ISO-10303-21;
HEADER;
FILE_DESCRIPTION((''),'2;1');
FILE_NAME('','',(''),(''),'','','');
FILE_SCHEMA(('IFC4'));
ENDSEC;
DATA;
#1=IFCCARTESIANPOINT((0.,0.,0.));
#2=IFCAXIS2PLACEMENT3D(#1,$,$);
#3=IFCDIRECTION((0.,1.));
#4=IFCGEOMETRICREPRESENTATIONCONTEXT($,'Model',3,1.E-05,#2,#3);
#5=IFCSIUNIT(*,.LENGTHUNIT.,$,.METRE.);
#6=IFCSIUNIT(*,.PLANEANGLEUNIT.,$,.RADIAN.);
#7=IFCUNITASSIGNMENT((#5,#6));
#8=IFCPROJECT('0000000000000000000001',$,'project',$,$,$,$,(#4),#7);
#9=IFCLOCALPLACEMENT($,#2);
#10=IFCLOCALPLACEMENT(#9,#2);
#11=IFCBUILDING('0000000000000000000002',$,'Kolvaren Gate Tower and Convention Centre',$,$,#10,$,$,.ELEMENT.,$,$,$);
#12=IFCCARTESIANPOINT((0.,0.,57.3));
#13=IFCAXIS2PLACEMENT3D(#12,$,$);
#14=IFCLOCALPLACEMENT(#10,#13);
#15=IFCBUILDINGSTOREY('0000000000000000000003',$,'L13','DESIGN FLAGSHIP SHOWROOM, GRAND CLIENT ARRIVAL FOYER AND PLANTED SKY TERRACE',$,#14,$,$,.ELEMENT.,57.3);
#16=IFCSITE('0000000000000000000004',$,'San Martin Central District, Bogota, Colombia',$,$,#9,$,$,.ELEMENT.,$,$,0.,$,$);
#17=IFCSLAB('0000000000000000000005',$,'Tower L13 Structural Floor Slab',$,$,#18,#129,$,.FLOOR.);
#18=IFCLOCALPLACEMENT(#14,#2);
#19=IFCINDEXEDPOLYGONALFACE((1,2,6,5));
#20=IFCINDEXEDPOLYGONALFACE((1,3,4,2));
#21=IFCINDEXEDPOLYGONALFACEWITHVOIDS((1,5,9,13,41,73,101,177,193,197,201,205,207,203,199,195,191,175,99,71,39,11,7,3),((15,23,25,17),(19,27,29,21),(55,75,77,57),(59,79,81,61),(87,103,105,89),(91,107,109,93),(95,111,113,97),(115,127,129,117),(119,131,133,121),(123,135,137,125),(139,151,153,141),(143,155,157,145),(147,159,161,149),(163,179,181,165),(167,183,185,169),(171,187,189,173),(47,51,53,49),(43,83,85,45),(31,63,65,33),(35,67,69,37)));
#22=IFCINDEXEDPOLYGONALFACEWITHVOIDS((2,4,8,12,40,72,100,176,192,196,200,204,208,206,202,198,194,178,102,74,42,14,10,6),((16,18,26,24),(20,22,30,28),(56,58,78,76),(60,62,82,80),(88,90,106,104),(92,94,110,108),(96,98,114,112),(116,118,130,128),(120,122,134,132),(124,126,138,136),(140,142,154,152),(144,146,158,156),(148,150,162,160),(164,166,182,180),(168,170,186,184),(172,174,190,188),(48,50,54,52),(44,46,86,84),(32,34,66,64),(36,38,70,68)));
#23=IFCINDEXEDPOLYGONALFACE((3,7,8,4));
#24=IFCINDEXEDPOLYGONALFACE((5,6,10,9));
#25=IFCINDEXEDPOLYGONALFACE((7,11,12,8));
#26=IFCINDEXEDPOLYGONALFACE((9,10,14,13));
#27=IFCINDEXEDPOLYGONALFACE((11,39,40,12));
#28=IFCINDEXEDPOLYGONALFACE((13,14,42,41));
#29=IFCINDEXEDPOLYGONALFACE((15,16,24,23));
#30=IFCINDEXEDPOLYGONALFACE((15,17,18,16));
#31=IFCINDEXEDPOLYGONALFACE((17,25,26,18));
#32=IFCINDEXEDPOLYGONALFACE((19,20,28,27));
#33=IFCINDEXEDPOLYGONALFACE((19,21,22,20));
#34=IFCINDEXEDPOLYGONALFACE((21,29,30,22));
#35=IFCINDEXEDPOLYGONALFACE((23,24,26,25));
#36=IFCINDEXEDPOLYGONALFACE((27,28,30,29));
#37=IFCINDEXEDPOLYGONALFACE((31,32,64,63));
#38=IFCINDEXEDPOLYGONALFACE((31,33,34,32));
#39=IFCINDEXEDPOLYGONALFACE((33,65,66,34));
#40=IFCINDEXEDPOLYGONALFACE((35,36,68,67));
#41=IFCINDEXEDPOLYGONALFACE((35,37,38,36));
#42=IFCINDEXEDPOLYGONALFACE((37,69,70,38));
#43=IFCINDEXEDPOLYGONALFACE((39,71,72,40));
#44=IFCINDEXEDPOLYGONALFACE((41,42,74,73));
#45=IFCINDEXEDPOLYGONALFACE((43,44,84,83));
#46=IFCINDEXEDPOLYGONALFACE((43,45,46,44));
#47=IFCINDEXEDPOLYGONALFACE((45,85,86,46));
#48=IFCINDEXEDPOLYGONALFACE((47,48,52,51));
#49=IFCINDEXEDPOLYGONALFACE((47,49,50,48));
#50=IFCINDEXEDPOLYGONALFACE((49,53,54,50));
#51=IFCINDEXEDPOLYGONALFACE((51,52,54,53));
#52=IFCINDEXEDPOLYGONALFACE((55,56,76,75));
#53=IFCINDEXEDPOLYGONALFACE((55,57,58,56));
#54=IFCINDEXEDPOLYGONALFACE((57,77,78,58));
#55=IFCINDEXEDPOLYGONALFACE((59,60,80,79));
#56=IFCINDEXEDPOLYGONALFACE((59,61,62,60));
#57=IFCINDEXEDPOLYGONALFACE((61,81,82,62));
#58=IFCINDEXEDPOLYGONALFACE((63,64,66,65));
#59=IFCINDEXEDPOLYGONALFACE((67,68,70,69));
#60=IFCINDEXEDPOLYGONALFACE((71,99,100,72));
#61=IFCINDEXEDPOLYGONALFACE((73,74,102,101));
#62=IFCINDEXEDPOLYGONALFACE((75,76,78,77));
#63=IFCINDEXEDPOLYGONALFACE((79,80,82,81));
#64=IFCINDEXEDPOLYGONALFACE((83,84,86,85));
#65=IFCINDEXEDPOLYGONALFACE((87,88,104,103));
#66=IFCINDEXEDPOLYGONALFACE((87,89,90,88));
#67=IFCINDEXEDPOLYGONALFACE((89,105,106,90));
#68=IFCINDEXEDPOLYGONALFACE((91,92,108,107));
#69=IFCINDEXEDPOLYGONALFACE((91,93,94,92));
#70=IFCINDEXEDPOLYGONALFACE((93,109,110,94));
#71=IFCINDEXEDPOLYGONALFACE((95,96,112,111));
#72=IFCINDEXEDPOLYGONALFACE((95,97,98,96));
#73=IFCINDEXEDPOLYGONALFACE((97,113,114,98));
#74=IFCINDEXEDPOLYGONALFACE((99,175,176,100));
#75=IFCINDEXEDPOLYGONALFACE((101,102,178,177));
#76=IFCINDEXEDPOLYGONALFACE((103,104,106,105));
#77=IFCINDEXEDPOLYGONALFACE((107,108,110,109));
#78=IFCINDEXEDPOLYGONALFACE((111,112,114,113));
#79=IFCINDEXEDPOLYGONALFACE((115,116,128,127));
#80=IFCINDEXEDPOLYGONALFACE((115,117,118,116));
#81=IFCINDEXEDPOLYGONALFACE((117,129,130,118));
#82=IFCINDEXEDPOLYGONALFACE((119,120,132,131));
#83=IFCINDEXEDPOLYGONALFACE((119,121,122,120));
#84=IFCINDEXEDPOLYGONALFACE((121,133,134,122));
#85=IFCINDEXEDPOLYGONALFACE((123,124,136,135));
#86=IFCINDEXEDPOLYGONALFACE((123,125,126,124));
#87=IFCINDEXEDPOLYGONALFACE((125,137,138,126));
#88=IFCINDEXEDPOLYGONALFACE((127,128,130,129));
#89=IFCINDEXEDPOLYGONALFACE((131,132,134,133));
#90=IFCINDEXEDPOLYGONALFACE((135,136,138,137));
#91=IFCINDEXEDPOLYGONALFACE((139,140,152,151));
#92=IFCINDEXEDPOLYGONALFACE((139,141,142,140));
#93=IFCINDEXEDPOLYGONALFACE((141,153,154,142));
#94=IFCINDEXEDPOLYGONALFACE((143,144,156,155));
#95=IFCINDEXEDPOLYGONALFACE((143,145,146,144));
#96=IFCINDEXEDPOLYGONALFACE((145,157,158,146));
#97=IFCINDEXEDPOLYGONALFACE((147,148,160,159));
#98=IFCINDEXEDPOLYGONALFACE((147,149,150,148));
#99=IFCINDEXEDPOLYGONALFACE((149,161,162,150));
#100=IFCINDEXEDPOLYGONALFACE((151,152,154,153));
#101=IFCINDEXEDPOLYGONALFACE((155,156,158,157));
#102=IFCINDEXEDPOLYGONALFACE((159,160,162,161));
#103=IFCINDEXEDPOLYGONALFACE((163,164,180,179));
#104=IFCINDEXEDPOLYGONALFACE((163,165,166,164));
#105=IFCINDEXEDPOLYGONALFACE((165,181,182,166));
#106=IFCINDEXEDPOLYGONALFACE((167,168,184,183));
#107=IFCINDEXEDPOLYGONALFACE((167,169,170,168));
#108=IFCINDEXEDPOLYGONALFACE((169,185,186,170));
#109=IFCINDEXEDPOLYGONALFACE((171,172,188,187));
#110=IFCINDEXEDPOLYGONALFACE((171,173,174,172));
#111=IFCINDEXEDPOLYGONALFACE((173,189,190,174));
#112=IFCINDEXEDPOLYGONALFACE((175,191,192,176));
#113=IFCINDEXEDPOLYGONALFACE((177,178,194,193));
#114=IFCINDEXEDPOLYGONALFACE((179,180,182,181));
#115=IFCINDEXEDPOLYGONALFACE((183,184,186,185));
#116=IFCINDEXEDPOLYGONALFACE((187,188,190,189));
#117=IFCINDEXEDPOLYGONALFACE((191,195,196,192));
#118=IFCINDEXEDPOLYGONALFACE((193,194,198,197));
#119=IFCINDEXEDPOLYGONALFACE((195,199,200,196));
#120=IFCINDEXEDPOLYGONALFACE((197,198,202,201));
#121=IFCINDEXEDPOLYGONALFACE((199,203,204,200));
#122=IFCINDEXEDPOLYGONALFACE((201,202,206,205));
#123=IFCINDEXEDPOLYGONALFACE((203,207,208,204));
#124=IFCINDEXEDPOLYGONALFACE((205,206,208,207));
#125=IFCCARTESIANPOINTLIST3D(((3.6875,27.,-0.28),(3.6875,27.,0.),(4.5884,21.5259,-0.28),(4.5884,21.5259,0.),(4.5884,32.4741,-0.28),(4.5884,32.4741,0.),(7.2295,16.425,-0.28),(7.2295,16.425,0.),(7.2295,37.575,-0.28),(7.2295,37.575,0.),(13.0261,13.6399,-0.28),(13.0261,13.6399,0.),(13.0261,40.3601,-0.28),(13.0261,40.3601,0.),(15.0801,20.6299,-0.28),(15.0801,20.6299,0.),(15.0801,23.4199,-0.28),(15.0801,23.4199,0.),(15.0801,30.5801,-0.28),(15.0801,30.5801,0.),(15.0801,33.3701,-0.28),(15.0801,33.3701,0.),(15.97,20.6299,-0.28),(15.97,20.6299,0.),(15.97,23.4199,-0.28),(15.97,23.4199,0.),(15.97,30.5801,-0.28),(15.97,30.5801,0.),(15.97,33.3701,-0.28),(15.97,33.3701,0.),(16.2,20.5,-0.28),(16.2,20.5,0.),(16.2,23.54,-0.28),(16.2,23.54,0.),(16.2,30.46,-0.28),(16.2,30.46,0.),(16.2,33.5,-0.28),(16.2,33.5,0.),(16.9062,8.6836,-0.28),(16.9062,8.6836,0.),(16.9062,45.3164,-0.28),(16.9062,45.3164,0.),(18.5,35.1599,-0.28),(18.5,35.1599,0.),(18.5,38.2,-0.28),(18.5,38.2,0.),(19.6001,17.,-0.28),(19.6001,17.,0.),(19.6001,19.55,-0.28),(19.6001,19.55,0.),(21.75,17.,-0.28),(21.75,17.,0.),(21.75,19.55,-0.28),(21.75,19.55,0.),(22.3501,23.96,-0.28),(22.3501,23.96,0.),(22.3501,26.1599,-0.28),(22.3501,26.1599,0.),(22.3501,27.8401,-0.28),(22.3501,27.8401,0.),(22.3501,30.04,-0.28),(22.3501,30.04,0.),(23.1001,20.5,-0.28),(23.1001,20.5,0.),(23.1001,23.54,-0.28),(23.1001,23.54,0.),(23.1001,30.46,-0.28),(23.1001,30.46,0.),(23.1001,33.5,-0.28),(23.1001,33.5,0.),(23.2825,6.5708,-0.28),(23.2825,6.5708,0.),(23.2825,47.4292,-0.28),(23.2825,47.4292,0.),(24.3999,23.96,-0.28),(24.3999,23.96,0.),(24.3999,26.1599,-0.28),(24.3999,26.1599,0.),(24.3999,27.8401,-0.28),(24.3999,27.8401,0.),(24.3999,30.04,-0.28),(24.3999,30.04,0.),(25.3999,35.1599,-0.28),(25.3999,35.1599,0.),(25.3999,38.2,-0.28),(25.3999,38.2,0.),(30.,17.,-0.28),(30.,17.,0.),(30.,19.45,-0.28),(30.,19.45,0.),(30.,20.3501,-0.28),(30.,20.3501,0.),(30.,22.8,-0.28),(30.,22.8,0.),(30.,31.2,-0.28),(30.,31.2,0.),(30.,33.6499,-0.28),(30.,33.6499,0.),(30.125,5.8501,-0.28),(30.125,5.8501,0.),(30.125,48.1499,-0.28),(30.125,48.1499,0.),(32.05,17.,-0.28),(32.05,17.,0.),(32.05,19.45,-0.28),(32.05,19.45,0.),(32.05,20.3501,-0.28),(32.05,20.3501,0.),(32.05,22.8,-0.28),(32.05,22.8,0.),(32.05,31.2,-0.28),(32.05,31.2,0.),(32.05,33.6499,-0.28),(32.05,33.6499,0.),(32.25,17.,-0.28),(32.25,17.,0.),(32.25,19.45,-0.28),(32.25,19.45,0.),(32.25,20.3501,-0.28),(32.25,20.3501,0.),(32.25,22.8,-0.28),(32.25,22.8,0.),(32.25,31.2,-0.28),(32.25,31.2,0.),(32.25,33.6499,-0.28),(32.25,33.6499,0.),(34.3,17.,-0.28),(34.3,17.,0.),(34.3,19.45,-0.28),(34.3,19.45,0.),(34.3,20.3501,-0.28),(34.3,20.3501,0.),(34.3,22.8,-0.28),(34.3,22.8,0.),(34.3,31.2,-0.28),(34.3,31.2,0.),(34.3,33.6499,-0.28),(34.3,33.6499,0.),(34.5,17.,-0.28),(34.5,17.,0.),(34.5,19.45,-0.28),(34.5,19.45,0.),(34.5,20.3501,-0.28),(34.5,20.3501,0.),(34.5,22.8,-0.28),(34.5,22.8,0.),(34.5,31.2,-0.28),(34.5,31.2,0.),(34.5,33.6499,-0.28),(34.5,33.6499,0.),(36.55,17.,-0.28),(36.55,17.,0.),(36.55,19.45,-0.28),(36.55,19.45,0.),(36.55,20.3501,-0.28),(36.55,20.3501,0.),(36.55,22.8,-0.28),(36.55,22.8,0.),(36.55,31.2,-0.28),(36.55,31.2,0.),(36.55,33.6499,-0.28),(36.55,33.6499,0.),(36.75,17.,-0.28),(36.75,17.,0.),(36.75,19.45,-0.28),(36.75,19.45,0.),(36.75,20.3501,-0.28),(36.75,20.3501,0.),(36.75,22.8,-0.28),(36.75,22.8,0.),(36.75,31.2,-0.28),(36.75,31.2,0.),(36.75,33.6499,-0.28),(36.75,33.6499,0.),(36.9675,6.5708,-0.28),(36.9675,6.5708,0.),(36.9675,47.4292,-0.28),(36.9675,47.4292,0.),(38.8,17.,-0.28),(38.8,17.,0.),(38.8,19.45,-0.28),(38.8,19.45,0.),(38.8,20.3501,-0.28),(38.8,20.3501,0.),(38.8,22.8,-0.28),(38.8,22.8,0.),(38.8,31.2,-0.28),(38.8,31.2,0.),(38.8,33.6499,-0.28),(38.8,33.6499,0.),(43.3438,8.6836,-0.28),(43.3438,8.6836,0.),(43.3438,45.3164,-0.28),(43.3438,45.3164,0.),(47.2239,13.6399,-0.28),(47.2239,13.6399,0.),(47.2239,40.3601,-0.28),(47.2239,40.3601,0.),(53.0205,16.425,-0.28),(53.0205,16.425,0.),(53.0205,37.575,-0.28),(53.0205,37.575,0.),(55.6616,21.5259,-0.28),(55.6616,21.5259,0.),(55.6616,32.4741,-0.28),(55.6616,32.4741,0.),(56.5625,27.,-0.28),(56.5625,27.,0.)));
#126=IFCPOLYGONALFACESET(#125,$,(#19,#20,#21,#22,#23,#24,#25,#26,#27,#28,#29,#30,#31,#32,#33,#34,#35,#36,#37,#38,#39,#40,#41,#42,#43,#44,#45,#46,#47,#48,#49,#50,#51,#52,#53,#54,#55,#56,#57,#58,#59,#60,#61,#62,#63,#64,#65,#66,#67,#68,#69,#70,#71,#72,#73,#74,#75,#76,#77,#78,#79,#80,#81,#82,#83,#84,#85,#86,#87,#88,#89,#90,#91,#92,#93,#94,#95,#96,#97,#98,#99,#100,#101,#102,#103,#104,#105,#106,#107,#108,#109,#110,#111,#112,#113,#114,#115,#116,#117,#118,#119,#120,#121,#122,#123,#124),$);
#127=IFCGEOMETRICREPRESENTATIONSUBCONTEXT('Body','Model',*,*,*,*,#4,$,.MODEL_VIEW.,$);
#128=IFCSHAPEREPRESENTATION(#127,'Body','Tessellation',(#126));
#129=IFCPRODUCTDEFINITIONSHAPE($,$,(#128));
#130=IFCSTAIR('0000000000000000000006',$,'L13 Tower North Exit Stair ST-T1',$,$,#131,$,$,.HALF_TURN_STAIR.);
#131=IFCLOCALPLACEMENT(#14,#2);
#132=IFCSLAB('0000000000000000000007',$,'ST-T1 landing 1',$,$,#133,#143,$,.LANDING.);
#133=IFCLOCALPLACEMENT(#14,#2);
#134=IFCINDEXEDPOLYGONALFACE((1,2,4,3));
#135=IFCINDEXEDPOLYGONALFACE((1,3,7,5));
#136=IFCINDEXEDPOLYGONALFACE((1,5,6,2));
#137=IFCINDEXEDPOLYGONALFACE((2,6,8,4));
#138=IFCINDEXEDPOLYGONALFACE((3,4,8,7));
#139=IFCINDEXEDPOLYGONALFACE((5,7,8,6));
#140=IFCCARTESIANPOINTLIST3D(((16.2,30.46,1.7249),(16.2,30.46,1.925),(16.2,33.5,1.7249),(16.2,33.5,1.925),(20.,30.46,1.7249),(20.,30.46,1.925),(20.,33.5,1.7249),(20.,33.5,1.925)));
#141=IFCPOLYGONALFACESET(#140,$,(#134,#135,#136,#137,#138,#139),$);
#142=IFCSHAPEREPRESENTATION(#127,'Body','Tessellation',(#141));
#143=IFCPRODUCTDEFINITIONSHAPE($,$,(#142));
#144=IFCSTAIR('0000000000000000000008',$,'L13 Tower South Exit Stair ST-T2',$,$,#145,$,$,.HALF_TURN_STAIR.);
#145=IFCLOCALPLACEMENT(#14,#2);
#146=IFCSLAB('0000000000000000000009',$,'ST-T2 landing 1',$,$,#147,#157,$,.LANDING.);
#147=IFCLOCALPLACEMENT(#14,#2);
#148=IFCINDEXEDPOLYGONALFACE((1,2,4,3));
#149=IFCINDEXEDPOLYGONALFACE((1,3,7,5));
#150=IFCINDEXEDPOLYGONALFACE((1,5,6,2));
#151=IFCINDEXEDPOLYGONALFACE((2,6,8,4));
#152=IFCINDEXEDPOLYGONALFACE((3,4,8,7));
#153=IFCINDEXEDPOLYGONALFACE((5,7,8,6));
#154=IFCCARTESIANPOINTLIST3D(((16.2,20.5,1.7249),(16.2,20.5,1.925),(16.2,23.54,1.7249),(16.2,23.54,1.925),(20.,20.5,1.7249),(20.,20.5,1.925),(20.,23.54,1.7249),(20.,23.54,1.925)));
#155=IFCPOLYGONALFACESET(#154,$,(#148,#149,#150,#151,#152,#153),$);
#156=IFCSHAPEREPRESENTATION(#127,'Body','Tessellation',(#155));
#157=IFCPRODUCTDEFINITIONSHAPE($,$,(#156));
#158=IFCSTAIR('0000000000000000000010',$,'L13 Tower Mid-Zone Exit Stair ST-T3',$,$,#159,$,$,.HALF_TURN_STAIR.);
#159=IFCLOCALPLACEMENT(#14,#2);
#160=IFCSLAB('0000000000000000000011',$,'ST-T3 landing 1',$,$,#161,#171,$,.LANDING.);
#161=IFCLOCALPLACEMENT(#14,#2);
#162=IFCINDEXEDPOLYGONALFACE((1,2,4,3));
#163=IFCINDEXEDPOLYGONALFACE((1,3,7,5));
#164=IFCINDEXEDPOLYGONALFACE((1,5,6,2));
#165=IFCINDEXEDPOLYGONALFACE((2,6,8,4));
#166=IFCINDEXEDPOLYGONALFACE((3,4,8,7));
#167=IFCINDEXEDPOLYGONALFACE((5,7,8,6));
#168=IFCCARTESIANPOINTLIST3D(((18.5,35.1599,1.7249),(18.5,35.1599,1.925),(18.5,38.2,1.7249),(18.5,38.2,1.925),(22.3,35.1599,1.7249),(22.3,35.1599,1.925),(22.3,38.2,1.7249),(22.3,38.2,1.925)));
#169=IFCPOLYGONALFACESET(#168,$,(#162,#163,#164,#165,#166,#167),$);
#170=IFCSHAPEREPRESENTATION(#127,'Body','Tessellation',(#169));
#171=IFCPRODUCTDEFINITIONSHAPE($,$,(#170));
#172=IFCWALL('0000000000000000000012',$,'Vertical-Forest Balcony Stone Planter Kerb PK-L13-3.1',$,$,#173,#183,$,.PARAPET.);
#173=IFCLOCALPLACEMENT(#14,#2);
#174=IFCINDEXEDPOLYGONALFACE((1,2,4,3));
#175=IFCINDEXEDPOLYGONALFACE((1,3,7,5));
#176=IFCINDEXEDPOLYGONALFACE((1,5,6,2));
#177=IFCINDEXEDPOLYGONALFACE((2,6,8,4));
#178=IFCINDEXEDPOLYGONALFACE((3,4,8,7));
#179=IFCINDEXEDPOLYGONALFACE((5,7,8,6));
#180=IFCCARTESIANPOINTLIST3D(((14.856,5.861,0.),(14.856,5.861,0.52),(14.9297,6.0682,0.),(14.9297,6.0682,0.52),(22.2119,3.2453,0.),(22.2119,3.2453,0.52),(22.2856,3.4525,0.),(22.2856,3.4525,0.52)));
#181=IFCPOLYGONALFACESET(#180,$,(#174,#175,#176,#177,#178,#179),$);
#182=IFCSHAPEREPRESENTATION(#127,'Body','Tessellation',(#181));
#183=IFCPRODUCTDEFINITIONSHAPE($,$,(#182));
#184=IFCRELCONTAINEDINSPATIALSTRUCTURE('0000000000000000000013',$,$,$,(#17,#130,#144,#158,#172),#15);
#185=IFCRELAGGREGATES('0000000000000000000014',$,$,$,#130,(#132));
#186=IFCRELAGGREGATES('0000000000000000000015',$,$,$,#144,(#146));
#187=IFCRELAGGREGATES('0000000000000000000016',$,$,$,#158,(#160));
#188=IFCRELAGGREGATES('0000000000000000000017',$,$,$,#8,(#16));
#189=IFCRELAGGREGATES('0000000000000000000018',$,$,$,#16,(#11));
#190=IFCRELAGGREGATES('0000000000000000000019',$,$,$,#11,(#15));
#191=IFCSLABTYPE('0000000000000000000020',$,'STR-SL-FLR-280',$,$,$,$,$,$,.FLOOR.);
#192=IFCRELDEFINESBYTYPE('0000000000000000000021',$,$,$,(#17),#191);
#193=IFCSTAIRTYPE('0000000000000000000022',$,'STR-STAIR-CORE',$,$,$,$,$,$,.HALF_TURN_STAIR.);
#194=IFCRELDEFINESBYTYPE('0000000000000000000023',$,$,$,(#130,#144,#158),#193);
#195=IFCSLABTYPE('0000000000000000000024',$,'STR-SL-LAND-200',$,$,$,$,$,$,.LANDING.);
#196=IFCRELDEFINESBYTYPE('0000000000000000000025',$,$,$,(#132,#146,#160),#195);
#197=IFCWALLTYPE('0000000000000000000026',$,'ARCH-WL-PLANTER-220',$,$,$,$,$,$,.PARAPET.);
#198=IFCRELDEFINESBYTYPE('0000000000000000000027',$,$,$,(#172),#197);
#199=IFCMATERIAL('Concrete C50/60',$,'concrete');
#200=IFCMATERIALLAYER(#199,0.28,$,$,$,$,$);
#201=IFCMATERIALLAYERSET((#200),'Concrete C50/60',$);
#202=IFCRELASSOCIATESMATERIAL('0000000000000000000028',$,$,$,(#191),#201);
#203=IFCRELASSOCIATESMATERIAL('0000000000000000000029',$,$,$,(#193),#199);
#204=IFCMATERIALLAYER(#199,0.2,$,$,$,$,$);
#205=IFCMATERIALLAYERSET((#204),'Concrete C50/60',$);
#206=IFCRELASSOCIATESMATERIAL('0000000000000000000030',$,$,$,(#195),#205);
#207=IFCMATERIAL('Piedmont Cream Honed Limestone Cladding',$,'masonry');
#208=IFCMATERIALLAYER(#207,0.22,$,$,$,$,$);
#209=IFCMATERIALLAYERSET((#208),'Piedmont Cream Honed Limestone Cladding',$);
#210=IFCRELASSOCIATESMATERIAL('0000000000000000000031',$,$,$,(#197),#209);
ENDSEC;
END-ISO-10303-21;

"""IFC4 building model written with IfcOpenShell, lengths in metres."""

from ifc_helpers import new_model, si_unit, direction, frame, frame_2d, origin, place, context, subcontext, project, spatial, polyline, rectangle, outline, extrude, material, layer, layer_set, type_object, element, aggregate, save


model = new_model("IFC4")

# Units and contexts
model_context = context("Model", 3, precision=1e-05, world=origin(), true_north=direction((0.0, 1.0)))
body_context = subcontext(model_context, "Body", "Model", "MODEL_VIEW")
ifc_project = project(units=[si_unit("LENGTHUNIT", "METRE"), si_unit("PLANEANGLEUNIT", "RADIAN")], contexts=[model_context])

# Site, building, storey
site_placement = place(None, origin())
site = spatial("IfcSite", under=ifc_project, at=site_placement, Name="San Martin Central District, Bogota, Colombia", CompositionType="ELEMENT", RefElevation=0.0)
building_placement = place(site_placement, origin())
building = spatial("IfcBuilding", under=site, at=building_placement, Name="Kolvaren Gate Tower and Convention Centre", CompositionType="ELEMENT")
storey_placement = place(building_placement, frame((0.0, 0.0, 57.3)))
storey = spatial("IfcBuildingStorey", under=building, at=storey_placement, Name="L13", Description="DESIGN FLAGSHIP SHOWROOM, GRAND CLIENT ARRIVAL FOYER AND PLANTED SKY TERRACE", CompositionType="ELEMENT", Elevation=57.3)

# Slab
ifc_material_1 = material(Name="Concrete C50/60", Category="concrete")
ifc_layer_1 = layer(ifc_material_1, 0.28)
ifc_layer_set_1 = layer_set([ifc_layer_1], Name="Concrete C50/60")
slab_type_1 = type_object("IfcSlabType", Name="STR-SL-FLR-280", PredefinedType="FLOOR", material=ifc_layer_set_1)
slab_1_placement = place(storey_placement, frame((0.0, 0.0, -0.28)))
element("IfcSlab", 1, at=slab_1_placement, inside=storey, type_object=slab_type_1, Name="Tower L13 Structural Floor Slab", PredefinedType="FLOOR", context=body_context, shape_type="SweptSolid", body=[
    extrude(outline(polyline([(56.5625, 27.0), (55.6616, 32.4741), (53.0205, 37.575), (47.2239, 40.3601), (43.3438, 45.3164), (36.9675, 47.4292), (30.125, 48.1499), (23.2825, 47.4292), (16.9062, 45.3164), (13.0261, 40.3601), (7.2295, 37.575), (4.5884, 32.4741), (3.6875, 27.0), (4.5884, 21.5259), (7.2295, 16.425), (13.0261, 13.6399), (16.9062, 8.6836), (23.2825, 6.5708), (30.125, 5.8501), (36.9675, 6.5708), (43.3438, 8.6836), (47.2239, 13.6399), (53.0205, 16.425), (55.6616, 21.5259), (56.5625, 27.0)]), holes=[polyline([(36.75, 33.6499), (38.8, 33.6499), (38.8, 31.2), (36.75, 31.2), (36.75, 33.6499)]), polyline([(36.75, 20.3501), (36.75, 22.8), (38.8, 22.8), (38.8, 20.3501), (36.75, 20.3501)]), polyline([(36.75, 17.0), (36.75, 19.45), (38.8, 19.45), (38.8, 17.0), (36.75, 17.0)]), polyline([(34.5, 33.6499), (36.55, 33.6499), (36.55, 31.2), (34.5, 31.2), (34.5, 33.6499)]), polyline([(34.5, 22.8), (36.55, 22.8), (36.55, 20.3501), (34.5, 20.3501), (34.5, 22.8)]), polyline([(34.5, 17.0), (34.5, 19.45), (36.55, 19.45), (36.55, 17.0), (34.5, 17.0)]), polyline([(32.25, 31.2), (32.25, 33.6499), (34.3, 33.6499), (34.3, 31.2), (32.25, 31.2)]), polyline([(32.25, 22.8), (34.3, 22.8), (34.3, 20.3501), (32.25, 20.3501), (32.25, 22.8)]), polyline([(32.25, 17.0), (32.25, 19.45), (34.3, 19.45), (34.3, 17.0), (32.25, 17.0)]), polyline([(30.0, 31.2), (30.0, 33.6499), (32.05, 33.6499), (32.05, 31.2), (30.0, 31.2)]), polyline([(30.0, 20.3501), (30.0, 22.8), (32.05, 22.8), (32.05, 20.3501), (30.0, 20.3501)]), polyline([(30.0, 17.0), (30.0, 19.45), (32.05, 19.45), (32.05, 17.0), (30.0, 17.0)]), polyline([(25.3999, 35.1599), (18.5, 35.1599), (18.5, 38.2), (25.3999, 38.2), (25.3999, 35.1599)]), polyline([(22.3501, 27.8401), (22.3501, 30.04), (24.3999, 30.04), (24.3999, 27.8401), (22.3501, 27.8401)]), polyline([(22.3501, 23.96), (22.3501, 26.1599), (24.3999, 26.1599), (24.3999, 23.96), (22.3501, 23.96)]), polyline([(23.1001, 30.46), (16.2, 30.46), (16.2, 33.5), (23.1001, 33.5), (23.1001, 30.46)]), polyline([(23.1001, 20.5), (16.2, 20.5), (16.2, 23.54), (23.1001, 23.54), (23.1001, 20.5)]), polyline([(19.6001, 17.0), (19.6001, 19.55), (21.75, 19.55), (21.75, 17.0), (19.6001, 17.0)]), polyline([(15.0801, 23.4199), (15.97, 23.4199), (15.97, 20.6299), (15.0801, 20.6299), (15.0801, 23.4199)]), polyline([(15.0801, 30.5801), (15.0801, 33.3701), (15.97, 33.3701), (15.97, 30.5801), (15.0801, 30.5801)])]), origin(), (0.0, 0.0, 1.0), 0.28),
])

# Stairs, slabs
stair_type = type_object("IfcStairType", Name="STR-STAIR-CORE", PredefinedType="HALF_TURN_STAIR", material=ifc_material_1)
stair_1_placement = place(storey_placement, origin())
stair_1 = element("IfcStair", 2, at=stair_1_placement, inside=storey, type_object=stair_type, Name="L13 Tower North Exit Stair ST-T1", PredefinedType="HALF_TURN_STAIR")
ifc_layer_2 = layer(ifc_material_1, 0.2)
ifc_layer_set_2 = layer_set([ifc_layer_2], Name="Concrete C50/60")
slab_type_2 = type_object("IfcSlabType", Name="STR-SL-LAND-200", PredefinedType="LANDING", material=ifc_layer_set_2)
slab_2_placement = place(storey_placement, frame((0.0, 0.0, 1.7249)))
slab_2 = element("IfcSlab", 3, at=slab_2_placement, type_object=slab_type_2, Name="ST-T1 landing 1", PredefinedType="LANDING", context=body_context, shape_type="SweptSolid", body=[
    extrude(outline(polyline([(20.0, 33.5), (16.2, 33.5), (16.2, 30.46), (20.0, 30.46), (20.0, 33.5)])), origin(), (0.0, 0.0, 1.0), 0.2002),
])
aggregate(stair_1, [slab_2])
stair_2_placement = place(storey_placement, origin())
stair_2 = element("IfcStair", 4, at=stair_2_placement, inside=storey, type_object=stair_type, Name="L13 Tower South Exit Stair ST-T2", PredefinedType="HALF_TURN_STAIR")
slab_3_placement = place(storey_placement, frame((0.0, 0.0, 1.7249)))
slab_3 = element("IfcSlab", 5, at=slab_3_placement, type_object=slab_type_2, Name="ST-T2 landing 1", PredefinedType="LANDING", context=body_context, shape_type="SweptSolid", body=[
    extrude(outline(polyline([(20.0, 23.54), (16.2, 23.54), (16.2, 20.5), (20.0, 20.5), (20.0, 23.54)])), origin(), (0.0, 0.0, 1.0), 0.2002),
])
aggregate(stair_2, [slab_3])
stair_3_placement = place(storey_placement, origin())
stair_3 = element("IfcStair", 6, at=stair_3_placement, inside=storey, type_object=stair_type, Name="L13 Tower Mid-Zone Exit Stair ST-T3", PredefinedType="HALF_TURN_STAIR")
slab_4_placement = place(storey_placement, frame((0.0, 0.0, 1.7249)))
slab_4 = element("IfcSlab", 7, at=slab_4_placement, type_object=slab_type_2, Name="ST-T3 landing 1", PredefinedType="LANDING", context=body_context, shape_type="SweptSolid", body=[
    extrude(outline(polyline([(22.3, 38.2), (18.5, 38.2), (18.5, 35.1599), (22.3, 35.1599), (22.3, 38.2)])), origin(), (0.0, 0.0, 1.0), 0.2002),
])
aggregate(stair_3, [slab_4])

# Wall
ifc_material_2 = material(Name="Piedmont Cream Honed Limestone Cladding", Category="masonry")
ifc_layer_3 = layer(ifc_material_2, 0.22)
ifc_layer_set_3 = layer_set([ifc_layer_3], Name="Piedmont Cream Honed Limestone Cladding")
wall_type_1 = type_object("IfcWallType", Name="ARCH-WL-PLANTER-220", PredefinedType="PARAPET", material=ifc_layer_set_3)
wall_1_placement = place(storey_placement, frame((14.8928, 5.9646, 0.0), z_axis=(0.0, 0.0, 1.0), x_axis=(0.942204, -0.335041, 0.0)))
element("IfcWall", 8, at=wall_1_placement, inside=storey, type_object=wall_type_1, Name="Vertical-Forest Balcony Stone Planter Kerb PK-L13-3.1", PredefinedType="PARAPET", context=body_context, shape_type="SweptSolid", body=[
    extrude(rectangle(XDim=7.8071, YDim=0.22, at=frame_2d((3.9036, 0.0))), origin(), (0.0, 0.0, 1.0), 0.52),
])

save(model, "model.ifc")
